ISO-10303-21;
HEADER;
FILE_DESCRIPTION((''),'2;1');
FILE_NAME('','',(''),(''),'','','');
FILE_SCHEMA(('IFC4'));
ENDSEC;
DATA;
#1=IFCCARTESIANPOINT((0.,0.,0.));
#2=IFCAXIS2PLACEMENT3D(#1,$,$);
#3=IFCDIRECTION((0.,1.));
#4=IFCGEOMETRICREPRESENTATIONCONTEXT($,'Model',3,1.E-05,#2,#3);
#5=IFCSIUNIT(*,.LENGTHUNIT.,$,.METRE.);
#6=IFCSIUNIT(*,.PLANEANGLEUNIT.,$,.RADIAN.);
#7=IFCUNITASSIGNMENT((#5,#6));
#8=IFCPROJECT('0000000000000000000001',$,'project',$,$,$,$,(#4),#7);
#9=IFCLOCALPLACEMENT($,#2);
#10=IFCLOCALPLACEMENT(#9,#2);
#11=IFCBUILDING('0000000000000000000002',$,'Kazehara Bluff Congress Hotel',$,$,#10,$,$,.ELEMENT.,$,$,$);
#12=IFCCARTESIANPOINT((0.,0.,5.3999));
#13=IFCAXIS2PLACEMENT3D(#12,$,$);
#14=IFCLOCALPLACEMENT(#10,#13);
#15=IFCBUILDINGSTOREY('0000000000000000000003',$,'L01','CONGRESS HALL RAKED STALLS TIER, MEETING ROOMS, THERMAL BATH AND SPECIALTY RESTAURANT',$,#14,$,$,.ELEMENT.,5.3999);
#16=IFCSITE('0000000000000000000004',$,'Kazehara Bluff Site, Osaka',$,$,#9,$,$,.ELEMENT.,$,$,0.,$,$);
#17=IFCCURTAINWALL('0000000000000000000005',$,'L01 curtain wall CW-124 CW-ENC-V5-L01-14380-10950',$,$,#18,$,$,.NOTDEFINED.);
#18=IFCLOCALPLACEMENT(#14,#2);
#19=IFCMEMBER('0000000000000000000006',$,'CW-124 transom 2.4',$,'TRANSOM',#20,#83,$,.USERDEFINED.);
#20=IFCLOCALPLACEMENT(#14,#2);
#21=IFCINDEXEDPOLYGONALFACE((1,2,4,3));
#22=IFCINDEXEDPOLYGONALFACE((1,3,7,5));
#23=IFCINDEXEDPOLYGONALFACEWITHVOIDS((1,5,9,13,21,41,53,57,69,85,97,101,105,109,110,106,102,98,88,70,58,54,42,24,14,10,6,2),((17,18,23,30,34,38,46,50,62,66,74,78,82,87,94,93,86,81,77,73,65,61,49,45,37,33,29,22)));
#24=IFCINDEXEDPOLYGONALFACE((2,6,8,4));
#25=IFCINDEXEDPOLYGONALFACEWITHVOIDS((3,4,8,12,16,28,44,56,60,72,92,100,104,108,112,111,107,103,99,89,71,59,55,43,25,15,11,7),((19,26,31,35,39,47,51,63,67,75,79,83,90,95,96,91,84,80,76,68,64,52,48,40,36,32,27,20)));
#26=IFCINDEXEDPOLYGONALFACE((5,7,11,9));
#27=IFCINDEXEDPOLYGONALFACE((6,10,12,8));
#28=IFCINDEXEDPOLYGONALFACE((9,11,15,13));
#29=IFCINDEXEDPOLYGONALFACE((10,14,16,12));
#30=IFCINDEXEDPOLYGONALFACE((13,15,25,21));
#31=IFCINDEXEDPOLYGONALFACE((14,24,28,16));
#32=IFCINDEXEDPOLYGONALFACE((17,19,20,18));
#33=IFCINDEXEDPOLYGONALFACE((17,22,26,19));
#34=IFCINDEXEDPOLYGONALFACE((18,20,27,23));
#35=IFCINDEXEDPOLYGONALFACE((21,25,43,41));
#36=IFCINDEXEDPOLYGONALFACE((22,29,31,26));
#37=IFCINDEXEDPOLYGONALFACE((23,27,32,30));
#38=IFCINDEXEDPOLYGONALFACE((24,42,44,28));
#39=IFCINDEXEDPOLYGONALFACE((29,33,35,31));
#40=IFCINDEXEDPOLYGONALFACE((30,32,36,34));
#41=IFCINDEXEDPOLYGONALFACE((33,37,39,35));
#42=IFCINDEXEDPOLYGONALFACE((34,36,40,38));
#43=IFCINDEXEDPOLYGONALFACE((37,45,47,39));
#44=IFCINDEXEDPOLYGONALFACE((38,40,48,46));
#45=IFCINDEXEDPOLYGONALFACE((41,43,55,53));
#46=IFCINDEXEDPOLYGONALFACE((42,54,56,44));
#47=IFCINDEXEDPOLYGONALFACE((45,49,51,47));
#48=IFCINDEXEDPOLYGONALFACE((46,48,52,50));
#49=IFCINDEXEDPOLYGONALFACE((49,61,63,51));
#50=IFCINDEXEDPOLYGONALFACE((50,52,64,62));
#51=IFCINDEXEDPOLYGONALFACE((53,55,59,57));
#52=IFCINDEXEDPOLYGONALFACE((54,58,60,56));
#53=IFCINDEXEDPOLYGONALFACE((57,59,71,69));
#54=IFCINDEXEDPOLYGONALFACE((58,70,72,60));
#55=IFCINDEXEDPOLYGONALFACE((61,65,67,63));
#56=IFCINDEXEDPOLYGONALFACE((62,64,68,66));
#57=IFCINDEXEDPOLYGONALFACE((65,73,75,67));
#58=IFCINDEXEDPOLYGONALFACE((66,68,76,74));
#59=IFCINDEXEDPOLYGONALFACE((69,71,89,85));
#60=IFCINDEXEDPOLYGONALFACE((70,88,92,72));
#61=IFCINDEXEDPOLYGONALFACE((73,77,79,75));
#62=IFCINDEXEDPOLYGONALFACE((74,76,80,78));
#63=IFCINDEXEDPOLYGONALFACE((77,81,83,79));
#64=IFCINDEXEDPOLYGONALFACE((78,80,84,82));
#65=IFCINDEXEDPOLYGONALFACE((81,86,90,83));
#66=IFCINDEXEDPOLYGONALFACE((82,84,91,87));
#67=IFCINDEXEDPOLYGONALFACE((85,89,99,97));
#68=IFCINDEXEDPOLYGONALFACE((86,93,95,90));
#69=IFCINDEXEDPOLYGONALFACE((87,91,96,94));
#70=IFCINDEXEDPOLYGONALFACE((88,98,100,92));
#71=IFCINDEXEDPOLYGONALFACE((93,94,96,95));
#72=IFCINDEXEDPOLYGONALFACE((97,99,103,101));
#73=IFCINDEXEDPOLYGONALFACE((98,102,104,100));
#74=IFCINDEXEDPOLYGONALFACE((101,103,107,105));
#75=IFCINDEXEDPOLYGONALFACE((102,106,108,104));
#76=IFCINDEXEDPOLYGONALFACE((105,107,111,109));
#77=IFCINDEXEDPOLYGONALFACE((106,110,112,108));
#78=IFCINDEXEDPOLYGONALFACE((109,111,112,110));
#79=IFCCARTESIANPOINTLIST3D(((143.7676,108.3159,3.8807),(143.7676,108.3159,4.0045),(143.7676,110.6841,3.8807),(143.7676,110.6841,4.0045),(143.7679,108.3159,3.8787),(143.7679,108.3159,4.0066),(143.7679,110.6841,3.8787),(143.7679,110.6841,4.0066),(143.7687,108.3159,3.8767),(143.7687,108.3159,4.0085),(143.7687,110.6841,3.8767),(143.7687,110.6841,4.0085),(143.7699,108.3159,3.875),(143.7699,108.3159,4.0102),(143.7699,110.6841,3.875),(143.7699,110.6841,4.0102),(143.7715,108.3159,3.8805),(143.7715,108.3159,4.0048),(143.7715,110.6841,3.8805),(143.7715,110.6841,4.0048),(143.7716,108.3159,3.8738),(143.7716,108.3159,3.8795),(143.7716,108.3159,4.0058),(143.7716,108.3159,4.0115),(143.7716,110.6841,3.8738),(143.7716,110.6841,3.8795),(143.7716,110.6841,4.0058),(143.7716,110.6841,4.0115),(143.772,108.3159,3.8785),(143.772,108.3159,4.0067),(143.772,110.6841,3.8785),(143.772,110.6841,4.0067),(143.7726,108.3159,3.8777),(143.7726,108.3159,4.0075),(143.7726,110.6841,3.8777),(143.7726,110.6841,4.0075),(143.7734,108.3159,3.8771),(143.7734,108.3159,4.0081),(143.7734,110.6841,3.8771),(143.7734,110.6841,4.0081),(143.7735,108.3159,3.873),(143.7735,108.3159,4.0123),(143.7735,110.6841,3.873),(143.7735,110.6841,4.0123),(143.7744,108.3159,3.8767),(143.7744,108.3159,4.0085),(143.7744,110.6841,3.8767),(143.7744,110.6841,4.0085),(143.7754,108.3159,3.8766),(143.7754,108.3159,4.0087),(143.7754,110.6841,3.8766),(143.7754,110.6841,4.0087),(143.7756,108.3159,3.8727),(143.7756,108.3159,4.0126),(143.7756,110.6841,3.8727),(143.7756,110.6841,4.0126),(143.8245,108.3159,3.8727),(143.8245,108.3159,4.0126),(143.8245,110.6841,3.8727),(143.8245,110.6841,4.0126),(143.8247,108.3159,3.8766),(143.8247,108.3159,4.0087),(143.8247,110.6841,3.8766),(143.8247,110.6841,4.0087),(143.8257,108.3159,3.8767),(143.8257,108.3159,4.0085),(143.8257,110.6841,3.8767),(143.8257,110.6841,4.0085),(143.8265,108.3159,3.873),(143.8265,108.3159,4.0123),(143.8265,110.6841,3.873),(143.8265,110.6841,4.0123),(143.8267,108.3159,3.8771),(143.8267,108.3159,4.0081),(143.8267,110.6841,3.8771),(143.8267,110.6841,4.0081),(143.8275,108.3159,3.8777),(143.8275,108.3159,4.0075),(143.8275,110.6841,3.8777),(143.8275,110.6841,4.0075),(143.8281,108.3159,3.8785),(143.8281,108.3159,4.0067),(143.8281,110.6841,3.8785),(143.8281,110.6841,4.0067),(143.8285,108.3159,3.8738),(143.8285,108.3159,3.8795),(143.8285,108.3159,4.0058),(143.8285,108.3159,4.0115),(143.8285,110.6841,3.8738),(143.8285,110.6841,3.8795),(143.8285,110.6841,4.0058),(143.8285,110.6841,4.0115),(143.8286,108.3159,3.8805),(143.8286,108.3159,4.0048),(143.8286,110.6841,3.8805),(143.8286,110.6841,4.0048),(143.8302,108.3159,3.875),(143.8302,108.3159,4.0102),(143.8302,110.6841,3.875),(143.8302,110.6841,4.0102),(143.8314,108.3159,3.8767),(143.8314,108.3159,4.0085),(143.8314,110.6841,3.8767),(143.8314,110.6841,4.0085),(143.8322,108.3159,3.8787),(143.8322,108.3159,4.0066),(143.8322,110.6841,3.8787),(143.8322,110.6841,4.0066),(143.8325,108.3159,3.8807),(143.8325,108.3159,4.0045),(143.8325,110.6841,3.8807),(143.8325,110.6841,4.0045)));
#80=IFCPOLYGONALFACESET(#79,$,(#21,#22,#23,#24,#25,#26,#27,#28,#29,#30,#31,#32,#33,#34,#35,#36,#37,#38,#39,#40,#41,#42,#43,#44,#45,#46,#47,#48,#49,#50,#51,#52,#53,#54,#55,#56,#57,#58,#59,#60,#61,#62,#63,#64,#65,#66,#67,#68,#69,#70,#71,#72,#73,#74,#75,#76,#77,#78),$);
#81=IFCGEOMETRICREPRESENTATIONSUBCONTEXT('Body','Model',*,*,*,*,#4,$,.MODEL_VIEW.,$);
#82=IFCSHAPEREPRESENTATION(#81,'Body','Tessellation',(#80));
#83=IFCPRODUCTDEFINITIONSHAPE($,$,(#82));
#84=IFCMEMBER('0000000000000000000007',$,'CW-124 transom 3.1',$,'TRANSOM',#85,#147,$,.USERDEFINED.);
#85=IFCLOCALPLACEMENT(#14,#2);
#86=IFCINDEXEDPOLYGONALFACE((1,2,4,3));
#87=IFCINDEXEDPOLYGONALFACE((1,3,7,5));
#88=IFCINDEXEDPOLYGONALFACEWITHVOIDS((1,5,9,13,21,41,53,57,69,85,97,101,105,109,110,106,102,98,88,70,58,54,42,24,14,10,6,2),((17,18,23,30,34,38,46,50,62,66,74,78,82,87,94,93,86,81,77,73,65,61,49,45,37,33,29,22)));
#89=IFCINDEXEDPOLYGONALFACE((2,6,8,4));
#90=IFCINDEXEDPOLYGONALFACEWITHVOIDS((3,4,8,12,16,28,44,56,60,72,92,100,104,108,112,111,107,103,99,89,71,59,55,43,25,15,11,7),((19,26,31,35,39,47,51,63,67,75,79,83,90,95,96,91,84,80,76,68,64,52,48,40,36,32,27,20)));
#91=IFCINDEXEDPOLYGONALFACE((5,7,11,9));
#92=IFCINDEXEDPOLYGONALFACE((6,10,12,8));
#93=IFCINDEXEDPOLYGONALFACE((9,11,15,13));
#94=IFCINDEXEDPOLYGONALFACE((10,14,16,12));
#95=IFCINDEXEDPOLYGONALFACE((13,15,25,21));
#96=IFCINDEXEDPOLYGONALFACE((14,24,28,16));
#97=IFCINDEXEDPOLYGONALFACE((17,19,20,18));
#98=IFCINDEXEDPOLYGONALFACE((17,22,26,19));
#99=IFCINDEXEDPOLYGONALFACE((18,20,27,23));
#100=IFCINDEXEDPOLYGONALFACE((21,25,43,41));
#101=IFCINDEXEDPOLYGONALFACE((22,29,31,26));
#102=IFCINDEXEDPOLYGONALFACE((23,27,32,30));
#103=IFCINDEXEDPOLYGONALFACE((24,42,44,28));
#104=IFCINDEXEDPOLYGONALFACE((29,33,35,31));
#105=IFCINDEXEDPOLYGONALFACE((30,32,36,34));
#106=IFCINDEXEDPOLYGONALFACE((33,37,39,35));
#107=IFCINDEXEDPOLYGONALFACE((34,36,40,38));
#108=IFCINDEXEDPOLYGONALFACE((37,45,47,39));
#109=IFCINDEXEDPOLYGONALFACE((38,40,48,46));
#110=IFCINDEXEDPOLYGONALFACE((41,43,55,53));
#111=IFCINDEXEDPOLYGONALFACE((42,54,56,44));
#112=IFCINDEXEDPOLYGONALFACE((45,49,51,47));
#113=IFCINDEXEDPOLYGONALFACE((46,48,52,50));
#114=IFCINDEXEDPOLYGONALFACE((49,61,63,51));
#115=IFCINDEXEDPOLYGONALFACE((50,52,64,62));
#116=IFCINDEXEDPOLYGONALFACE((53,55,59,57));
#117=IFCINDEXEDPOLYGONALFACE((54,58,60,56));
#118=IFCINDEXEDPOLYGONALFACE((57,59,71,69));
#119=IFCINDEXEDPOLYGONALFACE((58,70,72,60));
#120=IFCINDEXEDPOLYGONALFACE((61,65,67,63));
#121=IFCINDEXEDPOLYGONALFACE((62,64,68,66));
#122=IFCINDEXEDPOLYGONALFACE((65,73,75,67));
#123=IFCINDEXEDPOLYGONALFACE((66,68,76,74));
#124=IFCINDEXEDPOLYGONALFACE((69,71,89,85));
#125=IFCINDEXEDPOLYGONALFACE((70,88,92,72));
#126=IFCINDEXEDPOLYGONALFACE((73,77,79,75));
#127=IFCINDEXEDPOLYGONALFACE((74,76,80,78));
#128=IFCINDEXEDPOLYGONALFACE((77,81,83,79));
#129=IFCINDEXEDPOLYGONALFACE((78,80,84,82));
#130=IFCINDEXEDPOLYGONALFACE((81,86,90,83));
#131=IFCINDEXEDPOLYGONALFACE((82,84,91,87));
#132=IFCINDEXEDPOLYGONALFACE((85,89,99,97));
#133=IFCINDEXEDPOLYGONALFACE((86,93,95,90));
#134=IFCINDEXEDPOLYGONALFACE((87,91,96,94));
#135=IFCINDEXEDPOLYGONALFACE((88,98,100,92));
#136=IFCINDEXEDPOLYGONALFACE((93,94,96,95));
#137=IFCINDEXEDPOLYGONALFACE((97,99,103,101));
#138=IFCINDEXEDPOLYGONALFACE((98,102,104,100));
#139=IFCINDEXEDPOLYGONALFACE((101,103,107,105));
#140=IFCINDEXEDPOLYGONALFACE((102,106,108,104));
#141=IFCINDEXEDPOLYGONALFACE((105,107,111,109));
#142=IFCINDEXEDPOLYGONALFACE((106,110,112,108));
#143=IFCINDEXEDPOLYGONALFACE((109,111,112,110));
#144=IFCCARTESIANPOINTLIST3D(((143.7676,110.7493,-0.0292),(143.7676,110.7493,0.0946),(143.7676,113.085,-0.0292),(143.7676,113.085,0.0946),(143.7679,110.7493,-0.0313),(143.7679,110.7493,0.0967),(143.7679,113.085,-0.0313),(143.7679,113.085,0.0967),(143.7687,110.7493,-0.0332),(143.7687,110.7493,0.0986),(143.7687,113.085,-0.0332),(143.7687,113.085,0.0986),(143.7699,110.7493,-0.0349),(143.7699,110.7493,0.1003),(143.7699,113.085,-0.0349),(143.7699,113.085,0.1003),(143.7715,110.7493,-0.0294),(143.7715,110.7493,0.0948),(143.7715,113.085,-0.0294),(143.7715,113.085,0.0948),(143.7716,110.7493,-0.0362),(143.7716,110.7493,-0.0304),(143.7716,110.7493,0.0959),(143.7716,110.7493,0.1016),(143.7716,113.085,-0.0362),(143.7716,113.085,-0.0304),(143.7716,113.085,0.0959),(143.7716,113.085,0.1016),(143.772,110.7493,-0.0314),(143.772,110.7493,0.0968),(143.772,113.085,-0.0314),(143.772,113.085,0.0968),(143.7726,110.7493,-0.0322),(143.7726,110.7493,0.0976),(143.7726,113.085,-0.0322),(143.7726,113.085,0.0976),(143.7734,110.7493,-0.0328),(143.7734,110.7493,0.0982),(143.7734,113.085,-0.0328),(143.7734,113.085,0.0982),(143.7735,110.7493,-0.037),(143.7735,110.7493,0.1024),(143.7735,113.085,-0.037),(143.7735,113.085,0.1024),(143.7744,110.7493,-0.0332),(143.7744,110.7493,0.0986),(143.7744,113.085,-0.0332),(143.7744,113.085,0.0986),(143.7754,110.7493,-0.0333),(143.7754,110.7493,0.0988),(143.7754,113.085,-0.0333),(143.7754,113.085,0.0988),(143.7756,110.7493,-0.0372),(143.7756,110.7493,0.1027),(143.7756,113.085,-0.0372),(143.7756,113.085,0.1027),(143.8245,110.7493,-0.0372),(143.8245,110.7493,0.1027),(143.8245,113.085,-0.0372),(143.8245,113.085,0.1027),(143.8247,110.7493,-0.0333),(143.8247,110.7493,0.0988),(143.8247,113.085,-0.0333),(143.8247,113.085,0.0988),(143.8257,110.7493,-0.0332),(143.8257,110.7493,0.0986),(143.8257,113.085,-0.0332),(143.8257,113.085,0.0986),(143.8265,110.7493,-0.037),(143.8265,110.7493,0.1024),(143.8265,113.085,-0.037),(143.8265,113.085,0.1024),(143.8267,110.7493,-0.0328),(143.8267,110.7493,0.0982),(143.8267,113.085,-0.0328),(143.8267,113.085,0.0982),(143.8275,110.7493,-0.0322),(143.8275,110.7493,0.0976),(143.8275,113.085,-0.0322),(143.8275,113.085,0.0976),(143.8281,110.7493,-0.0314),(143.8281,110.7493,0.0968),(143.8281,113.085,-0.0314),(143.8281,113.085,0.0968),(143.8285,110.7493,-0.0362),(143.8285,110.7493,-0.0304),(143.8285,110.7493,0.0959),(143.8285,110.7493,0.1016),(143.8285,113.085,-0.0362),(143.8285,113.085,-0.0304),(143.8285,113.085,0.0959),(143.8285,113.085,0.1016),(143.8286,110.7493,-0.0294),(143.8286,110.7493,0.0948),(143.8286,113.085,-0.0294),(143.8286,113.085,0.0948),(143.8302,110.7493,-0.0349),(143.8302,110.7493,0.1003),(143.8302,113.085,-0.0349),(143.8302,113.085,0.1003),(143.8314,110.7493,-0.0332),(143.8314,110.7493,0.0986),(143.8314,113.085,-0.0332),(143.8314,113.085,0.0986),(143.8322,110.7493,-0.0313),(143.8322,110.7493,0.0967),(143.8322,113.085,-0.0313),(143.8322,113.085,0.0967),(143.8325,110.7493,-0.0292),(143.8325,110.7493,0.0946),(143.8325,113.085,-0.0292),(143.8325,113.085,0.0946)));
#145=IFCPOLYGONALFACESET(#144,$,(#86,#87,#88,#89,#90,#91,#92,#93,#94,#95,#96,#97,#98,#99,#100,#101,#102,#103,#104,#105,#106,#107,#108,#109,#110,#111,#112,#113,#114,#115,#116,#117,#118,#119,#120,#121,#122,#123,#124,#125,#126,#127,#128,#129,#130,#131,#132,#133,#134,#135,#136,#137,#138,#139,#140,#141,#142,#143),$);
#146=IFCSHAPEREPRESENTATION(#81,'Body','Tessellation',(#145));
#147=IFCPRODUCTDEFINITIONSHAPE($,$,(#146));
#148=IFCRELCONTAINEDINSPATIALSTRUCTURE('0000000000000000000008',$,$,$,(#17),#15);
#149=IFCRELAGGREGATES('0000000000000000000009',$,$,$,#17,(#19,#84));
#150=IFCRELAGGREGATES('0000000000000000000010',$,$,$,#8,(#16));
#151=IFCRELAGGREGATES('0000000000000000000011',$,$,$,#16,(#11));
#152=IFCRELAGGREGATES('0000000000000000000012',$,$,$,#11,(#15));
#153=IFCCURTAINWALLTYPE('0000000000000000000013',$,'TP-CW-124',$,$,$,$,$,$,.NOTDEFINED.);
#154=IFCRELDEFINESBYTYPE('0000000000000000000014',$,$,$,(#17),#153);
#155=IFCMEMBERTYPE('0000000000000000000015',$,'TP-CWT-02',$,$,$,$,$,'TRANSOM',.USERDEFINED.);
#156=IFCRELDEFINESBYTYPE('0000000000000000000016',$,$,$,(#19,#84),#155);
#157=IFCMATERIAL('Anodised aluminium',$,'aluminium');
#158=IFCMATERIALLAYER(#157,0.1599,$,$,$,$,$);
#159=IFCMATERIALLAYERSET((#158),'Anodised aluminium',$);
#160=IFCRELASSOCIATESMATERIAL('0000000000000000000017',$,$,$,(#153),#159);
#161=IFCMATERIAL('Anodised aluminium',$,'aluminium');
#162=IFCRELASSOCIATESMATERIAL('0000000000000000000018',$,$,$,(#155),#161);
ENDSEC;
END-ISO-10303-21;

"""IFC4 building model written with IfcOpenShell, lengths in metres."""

from ifc_helpers import new_model, si_unit, direction, frame, origin, origin_2d, place, context, subcontext, project, spatial, hollow_rectangle, extrude, material, layer, layer_set, material_profile, profile_set, type_object, element, aggregate, save


model = new_model("IFC4")

# Units and contexts
model_context = context("Model", 3, precision=1e-05, world=origin(), true_north=direction((0.0, 1.0)))
body_context = subcontext(model_context, "Body", "Model", "MODEL_VIEW")
ifc_project = project(units=[si_unit("LENGTHUNIT", "METRE"), si_unit("PLANEANGLEUNIT", "RADIAN")], contexts=[model_context])

# Site, building, storey
site_placement = place(None, origin())
site = spatial("IfcSite", under=ifc_project, at=site_placement, Name="Kazehara Bluff Site, Osaka", CompositionType="ELEMENT", RefElevation=0.0)
building_placement = place(site_placement, origin())
building = spatial("IfcBuilding", under=site, at=building_placement, Name="Kazehara Bluff Congress Hotel", CompositionType="ELEMENT")
storey_placement = place(building_placement, frame((0.0, 0.0, 5.3999)))
storey = spatial("IfcBuildingStorey", under=building, at=storey_placement, Name="L01", Description="CONGRESS HALL RAKED STALLS TIER, MEETING ROOMS, THERMAL BATH AND SPECIALTY RESTAURANT", CompositionType="ELEMENT", Elevation=5.3999)

# Curtain wall
ifc_material_1 = material(Name="Anodised aluminium", Category="aluminium")
ifc_layer_1 = layer(ifc_material_1, 0.1599)
ifc_layer_set_1 = layer_set([ifc_layer_1], Name="Anodised aluminium")
curtain_wall_type_1 = type_object("IfcCurtainWallType", Name="TP-CW-124", PredefinedType="NOTDEFINED", material=ifc_layer_set_1)
curtain_wall_1_placement = place(storey_placement, origin())
curtain_wall_1 = element("IfcCurtainWall", 1, at=curtain_wall_1_placement, inside=storey, type_object=curtain_wall_type_1, Name="L01 curtain wall CW-124 CW-ENC-V5-L01-14380-10950", PredefinedType="NOTDEFINED")

# Members
ifc_material_2 = material(Name="Anodised aluminium", Category="aluminium")
ifc_material_profile_1 = material_profile(ifc_material_2, hollow_rectangle(XDim=0.0649, YDim=0.1399, WallThickness=0.0039, InnerFilletRadius=0.0039, OuterFilletRadius=0.0081, at=origin_2d()))
ifc_profile_set_1 = profile_set([ifc_material_profile_1], Name="Anodised aluminium")
member_type_1 = type_object("IfcMemberType", Name="TP-CWT-02", ElementType="TRANSOM", PredefinedType="USERDEFINED", material=ifc_profile_set_1)
member_1_placement = place(storey_placement, frame((143.8, 108.3159, 3.9426), z_axis=(0.0, 1.0, 0.0), x_axis=(-1.0, 0.0, 0.0)))
member_1 = element("IfcMember", 2, at=member_1_placement, type_object=member_type_1, Name="CW-124 transom 2.4", ObjectType="TRANSOM", PredefinedType="USERDEFINED", context=body_context, shape_type="SweptSolid", body=[
    extrude(hollow_rectangle(XDim=0.0649, YDim=0.1399, WallThickness=0.0039, InnerFilletRadius=0.0039, OuterFilletRadius=0.0081, at=origin_2d()), origin(), (0.0, 0.0, 1.0), 2.3682),
])
member_2_placement = place(storey_placement, frame((143.8, 110.7493, 0.0327), z_axis=(0.0, 1.0, 0.0), x_axis=(-1.0, 0.0, 0.0)))
member_2 = element("IfcMember", 3, at=member_2_placement, type_object=member_type_1, Name="CW-124 transom 3.1", ObjectType="TRANSOM", PredefinedType="USERDEFINED", context=body_context, shape_type="SweptSolid", body=[
    extrude(hollow_rectangle(XDim=0.0649, YDim=0.1399, WallThickness=0.0039, InnerFilletRadius=0.0039, OuterFilletRadius=0.0081, at=origin_2d()), origin(), (0.0, 0.0, 1.0), 2.3357),
])

aggregate(curtain_wall_1, [member_1, member_2])

save(model, "model.ifc")
